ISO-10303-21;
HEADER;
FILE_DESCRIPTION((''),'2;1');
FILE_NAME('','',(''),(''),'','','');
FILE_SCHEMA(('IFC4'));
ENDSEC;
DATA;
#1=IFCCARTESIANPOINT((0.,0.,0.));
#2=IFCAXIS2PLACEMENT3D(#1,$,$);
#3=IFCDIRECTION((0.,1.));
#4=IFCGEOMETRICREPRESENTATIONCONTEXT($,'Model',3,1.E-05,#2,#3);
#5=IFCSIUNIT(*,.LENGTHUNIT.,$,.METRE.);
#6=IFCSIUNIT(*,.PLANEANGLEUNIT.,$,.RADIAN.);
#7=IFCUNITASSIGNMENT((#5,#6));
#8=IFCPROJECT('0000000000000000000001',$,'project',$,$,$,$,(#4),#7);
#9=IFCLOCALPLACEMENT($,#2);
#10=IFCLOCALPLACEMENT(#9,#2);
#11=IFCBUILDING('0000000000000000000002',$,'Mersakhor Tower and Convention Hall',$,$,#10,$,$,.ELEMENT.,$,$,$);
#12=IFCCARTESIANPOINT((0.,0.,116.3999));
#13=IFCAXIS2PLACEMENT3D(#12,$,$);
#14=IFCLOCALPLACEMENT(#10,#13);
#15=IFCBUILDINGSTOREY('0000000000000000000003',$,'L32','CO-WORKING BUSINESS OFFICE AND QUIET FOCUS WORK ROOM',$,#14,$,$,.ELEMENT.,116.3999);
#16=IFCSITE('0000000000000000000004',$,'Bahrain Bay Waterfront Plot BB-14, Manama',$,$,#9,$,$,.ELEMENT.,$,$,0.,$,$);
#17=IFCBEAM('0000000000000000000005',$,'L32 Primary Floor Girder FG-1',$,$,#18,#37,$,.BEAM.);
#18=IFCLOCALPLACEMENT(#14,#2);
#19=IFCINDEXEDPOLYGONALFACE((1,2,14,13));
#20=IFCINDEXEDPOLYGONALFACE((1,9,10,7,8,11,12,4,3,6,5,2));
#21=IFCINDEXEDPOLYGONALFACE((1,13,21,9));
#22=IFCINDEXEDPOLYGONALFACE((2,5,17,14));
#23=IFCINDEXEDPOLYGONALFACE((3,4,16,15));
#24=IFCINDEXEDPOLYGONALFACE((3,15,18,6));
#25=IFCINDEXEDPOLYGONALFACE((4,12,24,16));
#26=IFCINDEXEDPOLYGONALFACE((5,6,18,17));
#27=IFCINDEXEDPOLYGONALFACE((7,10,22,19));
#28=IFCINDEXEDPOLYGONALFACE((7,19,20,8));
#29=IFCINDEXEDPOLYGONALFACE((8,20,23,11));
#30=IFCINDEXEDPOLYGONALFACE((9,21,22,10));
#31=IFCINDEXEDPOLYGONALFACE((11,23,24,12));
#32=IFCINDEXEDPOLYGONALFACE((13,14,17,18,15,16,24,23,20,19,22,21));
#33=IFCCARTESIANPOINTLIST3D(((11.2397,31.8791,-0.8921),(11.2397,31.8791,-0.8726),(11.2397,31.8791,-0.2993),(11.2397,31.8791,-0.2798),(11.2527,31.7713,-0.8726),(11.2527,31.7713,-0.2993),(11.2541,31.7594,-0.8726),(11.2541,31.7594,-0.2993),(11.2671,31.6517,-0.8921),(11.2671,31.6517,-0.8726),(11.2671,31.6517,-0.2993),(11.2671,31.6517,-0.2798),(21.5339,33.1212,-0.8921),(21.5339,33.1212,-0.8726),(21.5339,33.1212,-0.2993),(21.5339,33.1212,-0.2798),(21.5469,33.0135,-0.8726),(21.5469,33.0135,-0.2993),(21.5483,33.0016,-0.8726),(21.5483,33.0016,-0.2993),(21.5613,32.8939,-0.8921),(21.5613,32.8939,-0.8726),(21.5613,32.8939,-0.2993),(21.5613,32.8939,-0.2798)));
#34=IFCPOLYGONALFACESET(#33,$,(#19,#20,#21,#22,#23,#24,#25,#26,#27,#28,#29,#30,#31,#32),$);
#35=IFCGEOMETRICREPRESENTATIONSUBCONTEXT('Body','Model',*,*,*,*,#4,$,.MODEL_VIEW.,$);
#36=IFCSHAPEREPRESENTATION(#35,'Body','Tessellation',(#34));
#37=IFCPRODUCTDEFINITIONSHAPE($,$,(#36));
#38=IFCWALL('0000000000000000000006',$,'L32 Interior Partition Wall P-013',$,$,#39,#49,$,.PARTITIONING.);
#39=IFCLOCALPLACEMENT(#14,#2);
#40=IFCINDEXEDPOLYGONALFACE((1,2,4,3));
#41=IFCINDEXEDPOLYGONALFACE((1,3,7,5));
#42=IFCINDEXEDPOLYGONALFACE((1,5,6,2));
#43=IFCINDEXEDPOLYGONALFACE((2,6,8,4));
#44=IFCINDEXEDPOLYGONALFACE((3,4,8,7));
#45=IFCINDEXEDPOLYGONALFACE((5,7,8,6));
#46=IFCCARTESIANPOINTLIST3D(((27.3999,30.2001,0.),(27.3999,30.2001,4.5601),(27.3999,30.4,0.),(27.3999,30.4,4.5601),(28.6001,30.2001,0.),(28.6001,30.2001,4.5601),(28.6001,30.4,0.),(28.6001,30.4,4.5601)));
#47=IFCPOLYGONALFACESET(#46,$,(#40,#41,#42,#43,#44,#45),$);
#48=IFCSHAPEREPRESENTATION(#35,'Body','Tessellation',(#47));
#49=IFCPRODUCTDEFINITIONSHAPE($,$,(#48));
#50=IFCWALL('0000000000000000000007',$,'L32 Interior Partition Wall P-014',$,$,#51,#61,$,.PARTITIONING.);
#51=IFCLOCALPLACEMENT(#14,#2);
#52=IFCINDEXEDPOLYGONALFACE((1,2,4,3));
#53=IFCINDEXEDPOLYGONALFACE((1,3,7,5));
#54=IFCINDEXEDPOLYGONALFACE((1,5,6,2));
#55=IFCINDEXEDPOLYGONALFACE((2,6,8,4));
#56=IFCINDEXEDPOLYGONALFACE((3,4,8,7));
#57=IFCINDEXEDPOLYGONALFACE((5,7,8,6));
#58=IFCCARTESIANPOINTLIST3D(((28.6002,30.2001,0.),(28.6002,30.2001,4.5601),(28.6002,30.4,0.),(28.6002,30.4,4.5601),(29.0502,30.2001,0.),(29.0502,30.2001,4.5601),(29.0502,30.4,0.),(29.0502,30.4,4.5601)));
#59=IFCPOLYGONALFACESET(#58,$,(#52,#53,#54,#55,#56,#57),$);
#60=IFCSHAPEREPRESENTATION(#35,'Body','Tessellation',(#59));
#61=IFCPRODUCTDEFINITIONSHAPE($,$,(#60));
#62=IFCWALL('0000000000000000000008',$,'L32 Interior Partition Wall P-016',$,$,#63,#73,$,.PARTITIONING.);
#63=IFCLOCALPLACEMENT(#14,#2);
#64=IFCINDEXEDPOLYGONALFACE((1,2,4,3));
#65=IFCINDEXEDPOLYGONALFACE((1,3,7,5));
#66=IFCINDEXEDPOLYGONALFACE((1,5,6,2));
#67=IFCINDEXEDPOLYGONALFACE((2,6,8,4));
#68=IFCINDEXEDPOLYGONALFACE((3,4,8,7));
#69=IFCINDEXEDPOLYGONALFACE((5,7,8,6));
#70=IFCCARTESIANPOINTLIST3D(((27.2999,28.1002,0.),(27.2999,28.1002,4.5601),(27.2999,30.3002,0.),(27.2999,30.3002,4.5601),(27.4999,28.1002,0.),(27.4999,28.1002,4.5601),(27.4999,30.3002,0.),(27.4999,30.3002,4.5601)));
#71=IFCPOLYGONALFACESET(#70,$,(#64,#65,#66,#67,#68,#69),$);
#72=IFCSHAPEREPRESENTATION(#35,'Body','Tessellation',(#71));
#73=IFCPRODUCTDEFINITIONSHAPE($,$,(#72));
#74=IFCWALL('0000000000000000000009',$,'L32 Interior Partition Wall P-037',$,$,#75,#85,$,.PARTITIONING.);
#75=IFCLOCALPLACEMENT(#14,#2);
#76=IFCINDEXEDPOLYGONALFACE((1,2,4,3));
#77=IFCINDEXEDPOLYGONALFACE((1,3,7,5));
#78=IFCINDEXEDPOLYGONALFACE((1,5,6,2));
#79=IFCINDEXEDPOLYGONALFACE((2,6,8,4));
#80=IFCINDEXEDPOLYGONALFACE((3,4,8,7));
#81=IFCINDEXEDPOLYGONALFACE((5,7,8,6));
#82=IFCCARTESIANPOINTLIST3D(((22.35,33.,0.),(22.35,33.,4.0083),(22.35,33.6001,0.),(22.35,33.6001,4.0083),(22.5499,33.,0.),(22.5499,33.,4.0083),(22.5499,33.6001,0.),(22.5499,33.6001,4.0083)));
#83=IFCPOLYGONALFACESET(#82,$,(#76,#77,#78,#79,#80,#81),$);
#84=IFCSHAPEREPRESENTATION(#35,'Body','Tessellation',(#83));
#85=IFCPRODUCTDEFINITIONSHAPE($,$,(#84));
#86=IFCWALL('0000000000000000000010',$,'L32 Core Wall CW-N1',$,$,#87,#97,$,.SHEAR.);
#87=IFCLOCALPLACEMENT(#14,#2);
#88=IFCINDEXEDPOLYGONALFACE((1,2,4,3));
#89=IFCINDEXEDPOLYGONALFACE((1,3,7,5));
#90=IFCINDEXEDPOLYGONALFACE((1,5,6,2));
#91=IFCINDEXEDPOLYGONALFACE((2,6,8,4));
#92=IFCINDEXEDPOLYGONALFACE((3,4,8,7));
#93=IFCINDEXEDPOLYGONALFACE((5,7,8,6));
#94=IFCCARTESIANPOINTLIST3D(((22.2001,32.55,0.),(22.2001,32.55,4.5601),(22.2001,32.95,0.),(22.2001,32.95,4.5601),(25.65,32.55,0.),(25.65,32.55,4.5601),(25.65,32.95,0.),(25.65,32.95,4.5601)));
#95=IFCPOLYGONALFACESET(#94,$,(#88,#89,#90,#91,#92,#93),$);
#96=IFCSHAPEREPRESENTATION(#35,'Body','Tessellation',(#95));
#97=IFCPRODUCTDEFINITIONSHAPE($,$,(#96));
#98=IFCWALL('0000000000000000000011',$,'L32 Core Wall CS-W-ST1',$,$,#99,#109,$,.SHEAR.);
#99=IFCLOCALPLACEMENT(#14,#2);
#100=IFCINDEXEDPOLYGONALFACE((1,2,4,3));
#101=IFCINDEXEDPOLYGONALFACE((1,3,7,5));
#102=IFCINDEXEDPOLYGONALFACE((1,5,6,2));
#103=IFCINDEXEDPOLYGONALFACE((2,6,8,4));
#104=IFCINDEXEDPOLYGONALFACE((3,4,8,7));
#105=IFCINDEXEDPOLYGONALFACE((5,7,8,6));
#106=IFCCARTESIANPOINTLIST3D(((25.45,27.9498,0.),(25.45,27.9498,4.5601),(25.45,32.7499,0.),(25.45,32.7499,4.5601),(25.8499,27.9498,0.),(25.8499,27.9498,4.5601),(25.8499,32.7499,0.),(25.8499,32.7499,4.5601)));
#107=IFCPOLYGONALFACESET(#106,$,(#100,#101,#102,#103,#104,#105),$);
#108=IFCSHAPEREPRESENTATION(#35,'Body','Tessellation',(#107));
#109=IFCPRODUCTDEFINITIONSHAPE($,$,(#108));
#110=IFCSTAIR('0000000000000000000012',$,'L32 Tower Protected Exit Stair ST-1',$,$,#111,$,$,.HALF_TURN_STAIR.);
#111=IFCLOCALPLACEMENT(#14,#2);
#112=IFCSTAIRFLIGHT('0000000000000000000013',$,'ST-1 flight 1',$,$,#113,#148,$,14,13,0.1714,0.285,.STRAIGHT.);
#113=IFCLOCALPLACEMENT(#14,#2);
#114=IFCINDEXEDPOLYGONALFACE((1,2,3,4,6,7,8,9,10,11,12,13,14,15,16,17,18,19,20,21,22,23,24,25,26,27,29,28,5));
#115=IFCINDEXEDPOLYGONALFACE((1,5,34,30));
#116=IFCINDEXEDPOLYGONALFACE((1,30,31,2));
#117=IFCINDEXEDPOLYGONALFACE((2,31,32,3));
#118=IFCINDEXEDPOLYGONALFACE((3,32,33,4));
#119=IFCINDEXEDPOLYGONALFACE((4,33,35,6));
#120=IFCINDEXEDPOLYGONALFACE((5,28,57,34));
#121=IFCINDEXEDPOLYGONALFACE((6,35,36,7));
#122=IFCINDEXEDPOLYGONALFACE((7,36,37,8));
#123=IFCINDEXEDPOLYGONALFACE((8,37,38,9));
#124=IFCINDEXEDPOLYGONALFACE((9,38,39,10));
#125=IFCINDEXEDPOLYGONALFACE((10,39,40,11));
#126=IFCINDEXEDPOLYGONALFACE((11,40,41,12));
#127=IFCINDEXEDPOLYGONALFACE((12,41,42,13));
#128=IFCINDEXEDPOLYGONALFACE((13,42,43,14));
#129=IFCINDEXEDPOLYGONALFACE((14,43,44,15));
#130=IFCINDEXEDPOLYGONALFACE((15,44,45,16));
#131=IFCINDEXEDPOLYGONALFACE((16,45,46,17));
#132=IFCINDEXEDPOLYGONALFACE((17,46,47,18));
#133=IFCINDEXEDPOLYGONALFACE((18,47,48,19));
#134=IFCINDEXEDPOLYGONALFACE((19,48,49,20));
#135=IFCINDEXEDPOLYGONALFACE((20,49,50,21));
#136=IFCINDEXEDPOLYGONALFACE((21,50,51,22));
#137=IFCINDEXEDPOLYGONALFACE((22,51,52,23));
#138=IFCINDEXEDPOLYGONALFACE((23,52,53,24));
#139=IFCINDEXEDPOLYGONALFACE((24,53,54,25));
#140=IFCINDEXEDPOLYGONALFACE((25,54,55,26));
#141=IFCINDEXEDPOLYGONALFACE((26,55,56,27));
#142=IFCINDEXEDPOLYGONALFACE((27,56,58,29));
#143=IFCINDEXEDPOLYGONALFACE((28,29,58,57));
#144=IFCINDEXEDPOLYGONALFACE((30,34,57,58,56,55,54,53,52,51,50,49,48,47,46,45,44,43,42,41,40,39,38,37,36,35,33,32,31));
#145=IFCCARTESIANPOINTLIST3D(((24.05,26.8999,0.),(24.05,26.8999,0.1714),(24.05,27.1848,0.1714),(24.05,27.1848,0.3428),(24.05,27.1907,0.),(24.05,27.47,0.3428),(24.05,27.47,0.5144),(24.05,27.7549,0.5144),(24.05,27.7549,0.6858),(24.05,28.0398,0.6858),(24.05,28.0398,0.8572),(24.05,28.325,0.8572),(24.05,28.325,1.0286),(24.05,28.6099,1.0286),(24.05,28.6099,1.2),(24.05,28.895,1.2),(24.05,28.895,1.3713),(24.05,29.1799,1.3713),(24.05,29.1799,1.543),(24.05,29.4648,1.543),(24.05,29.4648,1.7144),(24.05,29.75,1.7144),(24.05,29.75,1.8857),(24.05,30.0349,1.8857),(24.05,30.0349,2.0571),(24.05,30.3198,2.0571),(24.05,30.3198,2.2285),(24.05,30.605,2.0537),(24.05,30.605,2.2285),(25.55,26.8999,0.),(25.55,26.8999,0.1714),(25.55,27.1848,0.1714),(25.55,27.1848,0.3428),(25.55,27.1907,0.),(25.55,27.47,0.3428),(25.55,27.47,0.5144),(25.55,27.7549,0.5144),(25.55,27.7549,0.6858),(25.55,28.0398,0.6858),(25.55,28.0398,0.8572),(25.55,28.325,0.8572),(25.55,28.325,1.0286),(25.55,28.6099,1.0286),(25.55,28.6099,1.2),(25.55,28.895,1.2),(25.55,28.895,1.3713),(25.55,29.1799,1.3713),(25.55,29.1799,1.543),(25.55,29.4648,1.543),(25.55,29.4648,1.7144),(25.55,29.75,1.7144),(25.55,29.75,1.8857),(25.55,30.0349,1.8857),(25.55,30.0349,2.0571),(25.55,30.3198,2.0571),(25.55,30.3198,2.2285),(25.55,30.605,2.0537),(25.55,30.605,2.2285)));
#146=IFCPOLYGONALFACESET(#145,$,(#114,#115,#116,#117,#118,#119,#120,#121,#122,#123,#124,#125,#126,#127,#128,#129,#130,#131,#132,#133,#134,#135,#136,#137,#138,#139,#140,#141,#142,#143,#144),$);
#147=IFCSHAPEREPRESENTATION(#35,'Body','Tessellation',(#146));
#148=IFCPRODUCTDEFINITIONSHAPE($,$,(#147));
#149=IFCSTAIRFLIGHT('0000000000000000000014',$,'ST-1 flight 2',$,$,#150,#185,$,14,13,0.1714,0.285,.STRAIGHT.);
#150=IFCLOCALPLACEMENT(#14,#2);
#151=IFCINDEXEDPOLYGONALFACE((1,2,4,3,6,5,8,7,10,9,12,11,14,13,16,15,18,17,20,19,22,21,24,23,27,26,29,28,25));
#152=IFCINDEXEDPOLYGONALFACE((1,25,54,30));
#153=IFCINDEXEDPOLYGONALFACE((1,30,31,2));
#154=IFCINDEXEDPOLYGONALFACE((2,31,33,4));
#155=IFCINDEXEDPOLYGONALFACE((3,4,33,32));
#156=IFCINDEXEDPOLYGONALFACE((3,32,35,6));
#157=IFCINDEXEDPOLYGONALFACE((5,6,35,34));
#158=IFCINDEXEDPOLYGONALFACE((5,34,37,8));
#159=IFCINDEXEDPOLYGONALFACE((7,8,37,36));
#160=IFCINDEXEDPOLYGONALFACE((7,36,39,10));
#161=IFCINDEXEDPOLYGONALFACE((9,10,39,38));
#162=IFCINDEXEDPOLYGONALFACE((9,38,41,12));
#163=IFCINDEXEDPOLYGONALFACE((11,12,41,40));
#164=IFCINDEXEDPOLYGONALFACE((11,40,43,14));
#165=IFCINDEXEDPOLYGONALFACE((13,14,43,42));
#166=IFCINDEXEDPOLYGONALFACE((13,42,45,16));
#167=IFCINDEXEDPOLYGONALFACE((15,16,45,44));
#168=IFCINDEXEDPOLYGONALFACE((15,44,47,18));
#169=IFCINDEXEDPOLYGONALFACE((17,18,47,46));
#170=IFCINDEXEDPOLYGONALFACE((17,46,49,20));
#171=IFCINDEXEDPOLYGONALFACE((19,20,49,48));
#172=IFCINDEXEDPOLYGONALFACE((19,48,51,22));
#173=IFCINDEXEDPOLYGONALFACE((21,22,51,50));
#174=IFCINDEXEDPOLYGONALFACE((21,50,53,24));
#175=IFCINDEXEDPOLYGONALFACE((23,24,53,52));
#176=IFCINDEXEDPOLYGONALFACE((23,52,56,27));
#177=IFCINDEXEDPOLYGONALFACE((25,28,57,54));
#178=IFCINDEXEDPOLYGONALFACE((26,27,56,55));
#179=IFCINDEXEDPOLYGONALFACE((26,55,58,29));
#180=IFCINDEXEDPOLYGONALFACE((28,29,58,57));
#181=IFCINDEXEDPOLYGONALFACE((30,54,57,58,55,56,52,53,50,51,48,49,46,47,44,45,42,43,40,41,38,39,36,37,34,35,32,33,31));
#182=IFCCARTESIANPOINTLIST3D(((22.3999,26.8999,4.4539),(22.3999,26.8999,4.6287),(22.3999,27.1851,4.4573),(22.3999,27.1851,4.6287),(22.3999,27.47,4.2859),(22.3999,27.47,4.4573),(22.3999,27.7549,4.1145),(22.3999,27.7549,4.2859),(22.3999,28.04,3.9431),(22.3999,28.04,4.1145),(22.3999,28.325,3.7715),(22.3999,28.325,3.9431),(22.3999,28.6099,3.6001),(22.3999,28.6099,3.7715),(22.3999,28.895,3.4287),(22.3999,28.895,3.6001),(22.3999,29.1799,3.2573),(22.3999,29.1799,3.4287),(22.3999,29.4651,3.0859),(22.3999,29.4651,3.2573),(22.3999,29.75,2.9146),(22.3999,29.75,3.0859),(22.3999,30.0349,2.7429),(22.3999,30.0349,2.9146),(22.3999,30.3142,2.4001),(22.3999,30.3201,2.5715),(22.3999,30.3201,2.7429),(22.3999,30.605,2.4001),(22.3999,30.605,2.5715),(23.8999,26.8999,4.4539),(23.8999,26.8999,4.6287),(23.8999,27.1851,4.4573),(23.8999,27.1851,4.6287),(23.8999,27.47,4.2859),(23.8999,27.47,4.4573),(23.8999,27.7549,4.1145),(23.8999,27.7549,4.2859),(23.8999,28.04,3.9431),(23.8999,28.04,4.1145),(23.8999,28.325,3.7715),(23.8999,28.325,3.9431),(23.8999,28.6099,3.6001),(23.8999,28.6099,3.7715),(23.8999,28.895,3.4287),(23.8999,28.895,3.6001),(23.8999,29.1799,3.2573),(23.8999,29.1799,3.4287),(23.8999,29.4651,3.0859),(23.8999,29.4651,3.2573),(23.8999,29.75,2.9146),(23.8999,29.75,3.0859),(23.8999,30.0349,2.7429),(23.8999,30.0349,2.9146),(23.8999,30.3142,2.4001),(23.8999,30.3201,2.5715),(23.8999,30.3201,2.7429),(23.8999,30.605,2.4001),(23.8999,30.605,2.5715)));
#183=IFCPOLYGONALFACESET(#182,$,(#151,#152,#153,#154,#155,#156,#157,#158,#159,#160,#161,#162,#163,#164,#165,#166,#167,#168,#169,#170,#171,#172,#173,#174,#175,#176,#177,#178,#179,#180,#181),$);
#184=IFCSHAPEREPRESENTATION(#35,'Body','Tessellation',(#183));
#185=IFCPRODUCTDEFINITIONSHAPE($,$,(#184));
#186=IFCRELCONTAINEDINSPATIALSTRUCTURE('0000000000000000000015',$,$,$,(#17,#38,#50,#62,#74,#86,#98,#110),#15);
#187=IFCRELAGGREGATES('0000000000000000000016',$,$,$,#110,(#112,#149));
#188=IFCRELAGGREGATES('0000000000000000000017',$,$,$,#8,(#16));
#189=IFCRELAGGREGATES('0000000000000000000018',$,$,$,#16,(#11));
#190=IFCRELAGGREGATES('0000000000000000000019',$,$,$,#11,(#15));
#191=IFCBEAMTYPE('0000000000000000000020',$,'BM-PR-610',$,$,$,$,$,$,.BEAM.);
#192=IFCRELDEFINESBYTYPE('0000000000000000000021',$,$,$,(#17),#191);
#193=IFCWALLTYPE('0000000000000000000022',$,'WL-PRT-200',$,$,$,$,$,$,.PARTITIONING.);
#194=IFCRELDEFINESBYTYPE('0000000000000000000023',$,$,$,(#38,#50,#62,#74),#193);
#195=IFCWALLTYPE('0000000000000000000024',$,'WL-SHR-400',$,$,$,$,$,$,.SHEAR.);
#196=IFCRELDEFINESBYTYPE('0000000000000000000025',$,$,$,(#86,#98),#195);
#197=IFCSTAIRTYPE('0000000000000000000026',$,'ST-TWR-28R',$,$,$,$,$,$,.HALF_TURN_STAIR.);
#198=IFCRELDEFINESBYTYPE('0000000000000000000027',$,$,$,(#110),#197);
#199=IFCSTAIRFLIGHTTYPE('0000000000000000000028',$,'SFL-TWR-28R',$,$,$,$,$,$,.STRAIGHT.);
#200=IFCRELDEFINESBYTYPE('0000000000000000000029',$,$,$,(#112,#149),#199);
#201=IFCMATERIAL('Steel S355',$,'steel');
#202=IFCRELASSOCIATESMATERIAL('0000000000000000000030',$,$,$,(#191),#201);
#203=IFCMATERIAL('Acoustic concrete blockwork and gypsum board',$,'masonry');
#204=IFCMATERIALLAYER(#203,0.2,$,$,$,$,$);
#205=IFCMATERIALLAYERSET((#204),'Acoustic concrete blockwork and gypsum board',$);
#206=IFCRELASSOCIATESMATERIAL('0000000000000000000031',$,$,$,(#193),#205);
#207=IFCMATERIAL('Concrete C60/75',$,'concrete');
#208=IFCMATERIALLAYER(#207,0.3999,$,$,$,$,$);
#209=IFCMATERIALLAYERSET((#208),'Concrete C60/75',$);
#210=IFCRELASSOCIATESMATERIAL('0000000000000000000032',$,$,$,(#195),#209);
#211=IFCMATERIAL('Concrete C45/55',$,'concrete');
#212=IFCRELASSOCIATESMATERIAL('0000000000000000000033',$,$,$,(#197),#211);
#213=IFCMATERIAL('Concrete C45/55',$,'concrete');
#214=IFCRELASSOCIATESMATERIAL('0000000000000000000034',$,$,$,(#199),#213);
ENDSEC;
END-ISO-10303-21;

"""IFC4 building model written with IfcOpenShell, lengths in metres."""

from ifc_helpers import new_model, si_unit, direction, frame, frame_2d, origin, origin_2d, place, context, subcontext, project, spatial, polyline, rectangle, i_section, outline, extrude, material, layer, layer_set, material_profile, profile_set, type_object, element, aggregate, save


model = new_model("IFC4")

# Units and contexts
model_context = context("Model", 3, precision=1e-05, world=origin(), true_north=direction((0.0, 1.0)))
body_context = subcontext(model_context, "Body", "Model", "MODEL_VIEW")
ifc_project = project(units=[si_unit("LENGTHUNIT", "METRE"), si_unit("PLANEANGLEUNIT", "RADIAN")], contexts=[model_context])

# Site, building, storey
site_placement = place(None, origin())
site = spatial("IfcSite", under=ifc_project, at=site_placement, Name="Bahrain Bay Waterfront Plot BB-14, Manama", CompositionType="ELEMENT", RefElevation=0.0)
building_placement = place(site_placement, origin())
building = spatial("IfcBuilding", under=site, at=building_placement, Name="Mersakhor Tower and Convention Hall", CompositionType="ELEMENT")
storey_placement = place(building_placement, frame((0.0, 0.0, 116.3999)))
storey = spatial("IfcBuildingStorey", under=building, at=storey_placement, Name="L32", Description="CO-WORKING BUSINESS OFFICE AND QUIET FOCUS WORK ROOM", CompositionType="ELEMENT", Elevation=116.3999)

# Beam
ifc_material_1 = material(Name="Steel S355", Category="steel")
ifc_material_profile = material_profile(ifc_material_1, i_section(OverallWidth=0.229, OverallDepth=0.6123, WebThickness=0.012, FlangeThickness=0.0195, at=origin_2d()), Name="UB 610x229x125")
ifc_profile_set = profile_set([ifc_material_profile], Name="Steel S355")
beam_type = type_object("IfcBeamType", Name="BM-PR-610", PredefinedType="BEAM", material=ifc_profile_set)
beam_placement = place(storey_placement, frame((21.5476, 33.0076, -0.5859), z_axis=(-0.992798, -0.1198, 0.0), x_axis=(0.1198, -0.992798, 0.0)))
element("IfcBeam", 1, at=beam_placement, inside=storey, type_object=beam_type, Name="L32 Primary Floor Girder FG-1", PredefinedType="BEAM", context=body_context, shape_type="SweptSolid", body=[
    extrude(i_section(OverallWidth=0.229, OverallDepth=0.6123, WebThickness=0.012, FlangeThickness=0.0195, at=origin_2d()), origin(), (0.0, 0.0, 1.0), 10.3689),
])

# Shared definitions
ifc_material_2 = material(Name="Acoustic concrete blockwork and gypsum board", Category="masonry")
ifc_layer_1 = layer(ifc_material_2, 0.2)
ifc_layer_set_1 = layer_set([ifc_layer_1], Name="Acoustic concrete blockwork and gypsum board")
wall_type_1 = type_object("IfcWallType", Name="WL-PRT-200", PredefinedType="PARTITIONING", material=ifc_layer_set_1)

# Walls
wall_1_placement = place(storey_placement, frame((27.3999, 30.3, 0.0), z_axis=(0.0, 0.0, 1.0), x_axis=(1.0, 0.0, 0.0)))
element("IfcWall", 2, at=wall_1_placement, inside=storey, type_object=wall_type_1, Name="L32 Interior Partition Wall P-013", PredefinedType="PARTITIONING", context=body_context, shape_type="SweptSolid", body=[
    extrude(rectangle(XDim=1.2002, YDim=0.2, at=frame_2d((0.6001, 0.0))), origin(), (0.0, 0.0, 1.0), 4.5601),
])
wall_2_placement = place(storey_placement, frame((28.6001, 30.3, 0.0), z_axis=(0.0, 0.0, 1.0), x_axis=(1.0, 0.0, 0.0)))
element("IfcWall", 3, at=wall_2_placement, inside=storey, type_object=wall_type_1, Name="L32 Interior Partition Wall P-014", PredefinedType="PARTITIONING", context=body_context, shape_type="SweptSolid", body=[
    extrude(rectangle(XDim=0.45, YDim=0.2, at=frame_2d((0.2251, 0.0))), origin(), (0.0, 0.0, 1.0), 4.5601),
])
wall_3_placement = place(storey_placement, frame((27.3999, 28.1001, 0.0), z_axis=(0.0, 0.0, 1.0), x_axis=(0.0, 1.0, 0.0)))
element("IfcWall", 4, at=wall_3_placement, inside=storey, type_object=wall_type_1, Name="L32 Interior Partition Wall P-016", PredefinedType="PARTITIONING", context=body_context, shape_type="SweptSolid", body=[
    extrude(rectangle(XDim=2.2, YDim=0.2, at=frame_2d((1.1001, 0.0))), origin(), (0.0, 0.0, 1.0), 4.5601),
])
wall_4_placement = place(storey_placement, frame((22.45, 33.0, 0.0), z_axis=(0.0, 0.0, 1.0), x_axis=(0.0, 1.0, 0.0)))
element("IfcWall", 5, at=wall_4_placement, inside=storey, type_object=wall_type_1, Name="L32 Interior Partition Wall P-037", PredefinedType="PARTITIONING", context=body_context, shape_type="SweptSolid", body=[
    extrude(rectangle(XDim=0.6001, YDim=0.2, at=frame_2d((0.3, 0.0))), origin(), (0.0, 0.0, 1.0), 4.0083),
])
ifc_material_3 = material(Name="Concrete C60/75", Category="concrete")
ifc_layer_2 = layer(ifc_material_3, 0.3999)
ifc_layer_set_2 = layer_set([ifc_layer_2], Name="Concrete C60/75")
wall_type_2 = type_object("IfcWallType", Name="WL-SHR-400", PredefinedType="SHEAR", material=ifc_layer_set_2)
wall_5_placement = place(storey_placement, frame((22.2, 32.75, 0.0), z_axis=(0.0, 0.0, 1.0), x_axis=(1.0, 0.0, 0.0)))
element("IfcWall", 6, at=wall_5_placement, inside=storey, type_object=wall_type_2, Name="L32 Core Wall CW-N1", PredefinedType="SHEAR", context=body_context, shape_type="SweptSolid", body=[
    extrude(rectangle(XDim=3.45, YDim=0.3999, at=frame_2d((1.7251, 0.0))), origin(), (0.0, 0.0, 1.0), 4.5601),
])

# Wall
wall_6_placement = place(storey_placement, frame((25.6499, 27.95, 0.0), z_axis=(0.0, 0.0, 1.0), x_axis=(0.0, 1.0, 0.0)))
element("IfcWall", 7, at=wall_6_placement, inside=storey, type_object=wall_type_2, Name="L32 Core Wall CS-W-ST1", PredefinedType="SHEAR", context=body_context, shape_type="SweptSolid", body=[
    extrude(rectangle(XDim=4.8, YDim=0.3999, at=frame_2d((2.3999, 0.0))), origin(), (0.0, 0.0, 1.0), 4.5601),
])

# Stair, stair flights
ifc_material_4 = material(Name="Concrete C45/55", Category="concrete")
stair_type = type_object("IfcStairType", Name="ST-TWR-28R", PredefinedType="HALF_TURN_STAIR", material=ifc_material_4)
stair_placement = place(storey_placement, origin())
stair = element("IfcStair", 8, at=stair_placement, inside=storey, type_object=stair_type, Name="L32 Tower Protected Exit Stair ST-1", PredefinedType="HALF_TURN_STAIR")
ifc_material_5 = material(Name="Concrete C45/55", Category="concrete")
stair_flight_type = type_object("IfcStairFlightType", Name="SFL-TWR-28R", PredefinedType="STRAIGHT", material=ifc_material_5)
stair_flight_1_placement = place(storey_placement, frame((24.8, 26.8999, 0.0), z_axis=(0.0, 0.0, 1.0), x_axis=(0.0, 1.0, 0.0)))
stair_flight_1 = element("IfcStairFlight", 9, at=stair_flight_1_placement, type_object=stair_flight_type, Name="ST-1 flight 1", NumberOfRisers=14, NumberOfTreads=13, PredefinedType="STRAIGHT", RiserHeight=0.1714, TreadLength=0.285, context=body_context, shape_type="SweptSolid", body=[
    extrude(outline(polyline([(0.0, 0.0), (0.0, 0.1714), (0.2849, 0.1714), (0.2849, 0.3428), (0.5701, 0.3428), (0.5701, 0.5144), (0.855, 0.5144), (0.855, 0.6858), (1.1399, 0.6858), (1.1399, 0.8572), (1.425, 0.8572), (1.425, 1.0286), (1.71, 1.0286), (1.71, 1.2), (1.9951, 1.2), (1.9951, 1.3713), (2.28, 1.3713), (2.28, 1.543), (2.5649, 1.543), (2.5649, 1.7144), (2.8501, 1.7144), (2.8501, 1.8857), (3.135, 1.8857), (3.135, 2.0571), (3.4199, 2.0571), (3.4199, 2.2285), (3.7051, 2.2285), (3.7051, 2.3999), (3.7051, 2.0537), (0.2908, 0.0), (0.0, 0.0)])), frame((0.0, 0.75, 0.0), z_axis=(0.0, -1.0, 0.0), x_axis=(1.0, 0.0, 0.0)), (0.0, 0.0, 1.0), 1.5),
])
stair_flight_2_placement = place(storey_placement, frame((23.1499, 30.605, 2.4001), z_axis=(0.0, 0.0, 1.0), x_axis=(0.0, -1.0, 0.0)))
stair_flight_2 = element("IfcStairFlight", 10, at=stair_flight_2_placement, type_object=stair_flight_type, Name="ST-1 flight 2", NumberOfRisers=14, NumberOfTreads=13, PredefinedType="STRAIGHT", RiserHeight=0.1714, TreadLength=0.285, context=body_context, shape_type="SweptSolid", body=[
    extrude(outline(polyline([(0.0, 0.0), (0.0, 0.1714), (0.2849, 0.1714), (0.2849, 0.3428), (0.5701, 0.3428), (0.5701, 0.5144), (0.855, 0.5144), (0.855, 0.6858), (1.1399, 0.6858), (1.1399, 0.8572), (1.425, 0.8572), (1.425, 1.0286), (1.71, 1.0286), (1.71, 1.2), (1.9951, 1.2), (1.9951, 1.3713), (2.28, 1.3713), (2.28, 1.543), (2.5649, 1.543), (2.5649, 1.7144), (2.8501, 1.7144), (2.8501, 1.8857), (3.135, 1.8857), (3.135, 2.0571), (3.4199, 2.0571), (3.4199, 2.2285), (3.7051, 2.2285), (3.7051, 2.3999), (3.7051, 2.0537), (0.2908, 0.0), (0.0, 0.0)])), frame((0.0, 0.75, 0.0), z_axis=(0.0, -1.0, 0.0), x_axis=(1.0, 0.0, 0.0)), (0.0, 0.0, 1.0), 1.5),
])
aggregate(stair, [stair_flight_1, stair_flight_2])

save(model, "model.ifc")
